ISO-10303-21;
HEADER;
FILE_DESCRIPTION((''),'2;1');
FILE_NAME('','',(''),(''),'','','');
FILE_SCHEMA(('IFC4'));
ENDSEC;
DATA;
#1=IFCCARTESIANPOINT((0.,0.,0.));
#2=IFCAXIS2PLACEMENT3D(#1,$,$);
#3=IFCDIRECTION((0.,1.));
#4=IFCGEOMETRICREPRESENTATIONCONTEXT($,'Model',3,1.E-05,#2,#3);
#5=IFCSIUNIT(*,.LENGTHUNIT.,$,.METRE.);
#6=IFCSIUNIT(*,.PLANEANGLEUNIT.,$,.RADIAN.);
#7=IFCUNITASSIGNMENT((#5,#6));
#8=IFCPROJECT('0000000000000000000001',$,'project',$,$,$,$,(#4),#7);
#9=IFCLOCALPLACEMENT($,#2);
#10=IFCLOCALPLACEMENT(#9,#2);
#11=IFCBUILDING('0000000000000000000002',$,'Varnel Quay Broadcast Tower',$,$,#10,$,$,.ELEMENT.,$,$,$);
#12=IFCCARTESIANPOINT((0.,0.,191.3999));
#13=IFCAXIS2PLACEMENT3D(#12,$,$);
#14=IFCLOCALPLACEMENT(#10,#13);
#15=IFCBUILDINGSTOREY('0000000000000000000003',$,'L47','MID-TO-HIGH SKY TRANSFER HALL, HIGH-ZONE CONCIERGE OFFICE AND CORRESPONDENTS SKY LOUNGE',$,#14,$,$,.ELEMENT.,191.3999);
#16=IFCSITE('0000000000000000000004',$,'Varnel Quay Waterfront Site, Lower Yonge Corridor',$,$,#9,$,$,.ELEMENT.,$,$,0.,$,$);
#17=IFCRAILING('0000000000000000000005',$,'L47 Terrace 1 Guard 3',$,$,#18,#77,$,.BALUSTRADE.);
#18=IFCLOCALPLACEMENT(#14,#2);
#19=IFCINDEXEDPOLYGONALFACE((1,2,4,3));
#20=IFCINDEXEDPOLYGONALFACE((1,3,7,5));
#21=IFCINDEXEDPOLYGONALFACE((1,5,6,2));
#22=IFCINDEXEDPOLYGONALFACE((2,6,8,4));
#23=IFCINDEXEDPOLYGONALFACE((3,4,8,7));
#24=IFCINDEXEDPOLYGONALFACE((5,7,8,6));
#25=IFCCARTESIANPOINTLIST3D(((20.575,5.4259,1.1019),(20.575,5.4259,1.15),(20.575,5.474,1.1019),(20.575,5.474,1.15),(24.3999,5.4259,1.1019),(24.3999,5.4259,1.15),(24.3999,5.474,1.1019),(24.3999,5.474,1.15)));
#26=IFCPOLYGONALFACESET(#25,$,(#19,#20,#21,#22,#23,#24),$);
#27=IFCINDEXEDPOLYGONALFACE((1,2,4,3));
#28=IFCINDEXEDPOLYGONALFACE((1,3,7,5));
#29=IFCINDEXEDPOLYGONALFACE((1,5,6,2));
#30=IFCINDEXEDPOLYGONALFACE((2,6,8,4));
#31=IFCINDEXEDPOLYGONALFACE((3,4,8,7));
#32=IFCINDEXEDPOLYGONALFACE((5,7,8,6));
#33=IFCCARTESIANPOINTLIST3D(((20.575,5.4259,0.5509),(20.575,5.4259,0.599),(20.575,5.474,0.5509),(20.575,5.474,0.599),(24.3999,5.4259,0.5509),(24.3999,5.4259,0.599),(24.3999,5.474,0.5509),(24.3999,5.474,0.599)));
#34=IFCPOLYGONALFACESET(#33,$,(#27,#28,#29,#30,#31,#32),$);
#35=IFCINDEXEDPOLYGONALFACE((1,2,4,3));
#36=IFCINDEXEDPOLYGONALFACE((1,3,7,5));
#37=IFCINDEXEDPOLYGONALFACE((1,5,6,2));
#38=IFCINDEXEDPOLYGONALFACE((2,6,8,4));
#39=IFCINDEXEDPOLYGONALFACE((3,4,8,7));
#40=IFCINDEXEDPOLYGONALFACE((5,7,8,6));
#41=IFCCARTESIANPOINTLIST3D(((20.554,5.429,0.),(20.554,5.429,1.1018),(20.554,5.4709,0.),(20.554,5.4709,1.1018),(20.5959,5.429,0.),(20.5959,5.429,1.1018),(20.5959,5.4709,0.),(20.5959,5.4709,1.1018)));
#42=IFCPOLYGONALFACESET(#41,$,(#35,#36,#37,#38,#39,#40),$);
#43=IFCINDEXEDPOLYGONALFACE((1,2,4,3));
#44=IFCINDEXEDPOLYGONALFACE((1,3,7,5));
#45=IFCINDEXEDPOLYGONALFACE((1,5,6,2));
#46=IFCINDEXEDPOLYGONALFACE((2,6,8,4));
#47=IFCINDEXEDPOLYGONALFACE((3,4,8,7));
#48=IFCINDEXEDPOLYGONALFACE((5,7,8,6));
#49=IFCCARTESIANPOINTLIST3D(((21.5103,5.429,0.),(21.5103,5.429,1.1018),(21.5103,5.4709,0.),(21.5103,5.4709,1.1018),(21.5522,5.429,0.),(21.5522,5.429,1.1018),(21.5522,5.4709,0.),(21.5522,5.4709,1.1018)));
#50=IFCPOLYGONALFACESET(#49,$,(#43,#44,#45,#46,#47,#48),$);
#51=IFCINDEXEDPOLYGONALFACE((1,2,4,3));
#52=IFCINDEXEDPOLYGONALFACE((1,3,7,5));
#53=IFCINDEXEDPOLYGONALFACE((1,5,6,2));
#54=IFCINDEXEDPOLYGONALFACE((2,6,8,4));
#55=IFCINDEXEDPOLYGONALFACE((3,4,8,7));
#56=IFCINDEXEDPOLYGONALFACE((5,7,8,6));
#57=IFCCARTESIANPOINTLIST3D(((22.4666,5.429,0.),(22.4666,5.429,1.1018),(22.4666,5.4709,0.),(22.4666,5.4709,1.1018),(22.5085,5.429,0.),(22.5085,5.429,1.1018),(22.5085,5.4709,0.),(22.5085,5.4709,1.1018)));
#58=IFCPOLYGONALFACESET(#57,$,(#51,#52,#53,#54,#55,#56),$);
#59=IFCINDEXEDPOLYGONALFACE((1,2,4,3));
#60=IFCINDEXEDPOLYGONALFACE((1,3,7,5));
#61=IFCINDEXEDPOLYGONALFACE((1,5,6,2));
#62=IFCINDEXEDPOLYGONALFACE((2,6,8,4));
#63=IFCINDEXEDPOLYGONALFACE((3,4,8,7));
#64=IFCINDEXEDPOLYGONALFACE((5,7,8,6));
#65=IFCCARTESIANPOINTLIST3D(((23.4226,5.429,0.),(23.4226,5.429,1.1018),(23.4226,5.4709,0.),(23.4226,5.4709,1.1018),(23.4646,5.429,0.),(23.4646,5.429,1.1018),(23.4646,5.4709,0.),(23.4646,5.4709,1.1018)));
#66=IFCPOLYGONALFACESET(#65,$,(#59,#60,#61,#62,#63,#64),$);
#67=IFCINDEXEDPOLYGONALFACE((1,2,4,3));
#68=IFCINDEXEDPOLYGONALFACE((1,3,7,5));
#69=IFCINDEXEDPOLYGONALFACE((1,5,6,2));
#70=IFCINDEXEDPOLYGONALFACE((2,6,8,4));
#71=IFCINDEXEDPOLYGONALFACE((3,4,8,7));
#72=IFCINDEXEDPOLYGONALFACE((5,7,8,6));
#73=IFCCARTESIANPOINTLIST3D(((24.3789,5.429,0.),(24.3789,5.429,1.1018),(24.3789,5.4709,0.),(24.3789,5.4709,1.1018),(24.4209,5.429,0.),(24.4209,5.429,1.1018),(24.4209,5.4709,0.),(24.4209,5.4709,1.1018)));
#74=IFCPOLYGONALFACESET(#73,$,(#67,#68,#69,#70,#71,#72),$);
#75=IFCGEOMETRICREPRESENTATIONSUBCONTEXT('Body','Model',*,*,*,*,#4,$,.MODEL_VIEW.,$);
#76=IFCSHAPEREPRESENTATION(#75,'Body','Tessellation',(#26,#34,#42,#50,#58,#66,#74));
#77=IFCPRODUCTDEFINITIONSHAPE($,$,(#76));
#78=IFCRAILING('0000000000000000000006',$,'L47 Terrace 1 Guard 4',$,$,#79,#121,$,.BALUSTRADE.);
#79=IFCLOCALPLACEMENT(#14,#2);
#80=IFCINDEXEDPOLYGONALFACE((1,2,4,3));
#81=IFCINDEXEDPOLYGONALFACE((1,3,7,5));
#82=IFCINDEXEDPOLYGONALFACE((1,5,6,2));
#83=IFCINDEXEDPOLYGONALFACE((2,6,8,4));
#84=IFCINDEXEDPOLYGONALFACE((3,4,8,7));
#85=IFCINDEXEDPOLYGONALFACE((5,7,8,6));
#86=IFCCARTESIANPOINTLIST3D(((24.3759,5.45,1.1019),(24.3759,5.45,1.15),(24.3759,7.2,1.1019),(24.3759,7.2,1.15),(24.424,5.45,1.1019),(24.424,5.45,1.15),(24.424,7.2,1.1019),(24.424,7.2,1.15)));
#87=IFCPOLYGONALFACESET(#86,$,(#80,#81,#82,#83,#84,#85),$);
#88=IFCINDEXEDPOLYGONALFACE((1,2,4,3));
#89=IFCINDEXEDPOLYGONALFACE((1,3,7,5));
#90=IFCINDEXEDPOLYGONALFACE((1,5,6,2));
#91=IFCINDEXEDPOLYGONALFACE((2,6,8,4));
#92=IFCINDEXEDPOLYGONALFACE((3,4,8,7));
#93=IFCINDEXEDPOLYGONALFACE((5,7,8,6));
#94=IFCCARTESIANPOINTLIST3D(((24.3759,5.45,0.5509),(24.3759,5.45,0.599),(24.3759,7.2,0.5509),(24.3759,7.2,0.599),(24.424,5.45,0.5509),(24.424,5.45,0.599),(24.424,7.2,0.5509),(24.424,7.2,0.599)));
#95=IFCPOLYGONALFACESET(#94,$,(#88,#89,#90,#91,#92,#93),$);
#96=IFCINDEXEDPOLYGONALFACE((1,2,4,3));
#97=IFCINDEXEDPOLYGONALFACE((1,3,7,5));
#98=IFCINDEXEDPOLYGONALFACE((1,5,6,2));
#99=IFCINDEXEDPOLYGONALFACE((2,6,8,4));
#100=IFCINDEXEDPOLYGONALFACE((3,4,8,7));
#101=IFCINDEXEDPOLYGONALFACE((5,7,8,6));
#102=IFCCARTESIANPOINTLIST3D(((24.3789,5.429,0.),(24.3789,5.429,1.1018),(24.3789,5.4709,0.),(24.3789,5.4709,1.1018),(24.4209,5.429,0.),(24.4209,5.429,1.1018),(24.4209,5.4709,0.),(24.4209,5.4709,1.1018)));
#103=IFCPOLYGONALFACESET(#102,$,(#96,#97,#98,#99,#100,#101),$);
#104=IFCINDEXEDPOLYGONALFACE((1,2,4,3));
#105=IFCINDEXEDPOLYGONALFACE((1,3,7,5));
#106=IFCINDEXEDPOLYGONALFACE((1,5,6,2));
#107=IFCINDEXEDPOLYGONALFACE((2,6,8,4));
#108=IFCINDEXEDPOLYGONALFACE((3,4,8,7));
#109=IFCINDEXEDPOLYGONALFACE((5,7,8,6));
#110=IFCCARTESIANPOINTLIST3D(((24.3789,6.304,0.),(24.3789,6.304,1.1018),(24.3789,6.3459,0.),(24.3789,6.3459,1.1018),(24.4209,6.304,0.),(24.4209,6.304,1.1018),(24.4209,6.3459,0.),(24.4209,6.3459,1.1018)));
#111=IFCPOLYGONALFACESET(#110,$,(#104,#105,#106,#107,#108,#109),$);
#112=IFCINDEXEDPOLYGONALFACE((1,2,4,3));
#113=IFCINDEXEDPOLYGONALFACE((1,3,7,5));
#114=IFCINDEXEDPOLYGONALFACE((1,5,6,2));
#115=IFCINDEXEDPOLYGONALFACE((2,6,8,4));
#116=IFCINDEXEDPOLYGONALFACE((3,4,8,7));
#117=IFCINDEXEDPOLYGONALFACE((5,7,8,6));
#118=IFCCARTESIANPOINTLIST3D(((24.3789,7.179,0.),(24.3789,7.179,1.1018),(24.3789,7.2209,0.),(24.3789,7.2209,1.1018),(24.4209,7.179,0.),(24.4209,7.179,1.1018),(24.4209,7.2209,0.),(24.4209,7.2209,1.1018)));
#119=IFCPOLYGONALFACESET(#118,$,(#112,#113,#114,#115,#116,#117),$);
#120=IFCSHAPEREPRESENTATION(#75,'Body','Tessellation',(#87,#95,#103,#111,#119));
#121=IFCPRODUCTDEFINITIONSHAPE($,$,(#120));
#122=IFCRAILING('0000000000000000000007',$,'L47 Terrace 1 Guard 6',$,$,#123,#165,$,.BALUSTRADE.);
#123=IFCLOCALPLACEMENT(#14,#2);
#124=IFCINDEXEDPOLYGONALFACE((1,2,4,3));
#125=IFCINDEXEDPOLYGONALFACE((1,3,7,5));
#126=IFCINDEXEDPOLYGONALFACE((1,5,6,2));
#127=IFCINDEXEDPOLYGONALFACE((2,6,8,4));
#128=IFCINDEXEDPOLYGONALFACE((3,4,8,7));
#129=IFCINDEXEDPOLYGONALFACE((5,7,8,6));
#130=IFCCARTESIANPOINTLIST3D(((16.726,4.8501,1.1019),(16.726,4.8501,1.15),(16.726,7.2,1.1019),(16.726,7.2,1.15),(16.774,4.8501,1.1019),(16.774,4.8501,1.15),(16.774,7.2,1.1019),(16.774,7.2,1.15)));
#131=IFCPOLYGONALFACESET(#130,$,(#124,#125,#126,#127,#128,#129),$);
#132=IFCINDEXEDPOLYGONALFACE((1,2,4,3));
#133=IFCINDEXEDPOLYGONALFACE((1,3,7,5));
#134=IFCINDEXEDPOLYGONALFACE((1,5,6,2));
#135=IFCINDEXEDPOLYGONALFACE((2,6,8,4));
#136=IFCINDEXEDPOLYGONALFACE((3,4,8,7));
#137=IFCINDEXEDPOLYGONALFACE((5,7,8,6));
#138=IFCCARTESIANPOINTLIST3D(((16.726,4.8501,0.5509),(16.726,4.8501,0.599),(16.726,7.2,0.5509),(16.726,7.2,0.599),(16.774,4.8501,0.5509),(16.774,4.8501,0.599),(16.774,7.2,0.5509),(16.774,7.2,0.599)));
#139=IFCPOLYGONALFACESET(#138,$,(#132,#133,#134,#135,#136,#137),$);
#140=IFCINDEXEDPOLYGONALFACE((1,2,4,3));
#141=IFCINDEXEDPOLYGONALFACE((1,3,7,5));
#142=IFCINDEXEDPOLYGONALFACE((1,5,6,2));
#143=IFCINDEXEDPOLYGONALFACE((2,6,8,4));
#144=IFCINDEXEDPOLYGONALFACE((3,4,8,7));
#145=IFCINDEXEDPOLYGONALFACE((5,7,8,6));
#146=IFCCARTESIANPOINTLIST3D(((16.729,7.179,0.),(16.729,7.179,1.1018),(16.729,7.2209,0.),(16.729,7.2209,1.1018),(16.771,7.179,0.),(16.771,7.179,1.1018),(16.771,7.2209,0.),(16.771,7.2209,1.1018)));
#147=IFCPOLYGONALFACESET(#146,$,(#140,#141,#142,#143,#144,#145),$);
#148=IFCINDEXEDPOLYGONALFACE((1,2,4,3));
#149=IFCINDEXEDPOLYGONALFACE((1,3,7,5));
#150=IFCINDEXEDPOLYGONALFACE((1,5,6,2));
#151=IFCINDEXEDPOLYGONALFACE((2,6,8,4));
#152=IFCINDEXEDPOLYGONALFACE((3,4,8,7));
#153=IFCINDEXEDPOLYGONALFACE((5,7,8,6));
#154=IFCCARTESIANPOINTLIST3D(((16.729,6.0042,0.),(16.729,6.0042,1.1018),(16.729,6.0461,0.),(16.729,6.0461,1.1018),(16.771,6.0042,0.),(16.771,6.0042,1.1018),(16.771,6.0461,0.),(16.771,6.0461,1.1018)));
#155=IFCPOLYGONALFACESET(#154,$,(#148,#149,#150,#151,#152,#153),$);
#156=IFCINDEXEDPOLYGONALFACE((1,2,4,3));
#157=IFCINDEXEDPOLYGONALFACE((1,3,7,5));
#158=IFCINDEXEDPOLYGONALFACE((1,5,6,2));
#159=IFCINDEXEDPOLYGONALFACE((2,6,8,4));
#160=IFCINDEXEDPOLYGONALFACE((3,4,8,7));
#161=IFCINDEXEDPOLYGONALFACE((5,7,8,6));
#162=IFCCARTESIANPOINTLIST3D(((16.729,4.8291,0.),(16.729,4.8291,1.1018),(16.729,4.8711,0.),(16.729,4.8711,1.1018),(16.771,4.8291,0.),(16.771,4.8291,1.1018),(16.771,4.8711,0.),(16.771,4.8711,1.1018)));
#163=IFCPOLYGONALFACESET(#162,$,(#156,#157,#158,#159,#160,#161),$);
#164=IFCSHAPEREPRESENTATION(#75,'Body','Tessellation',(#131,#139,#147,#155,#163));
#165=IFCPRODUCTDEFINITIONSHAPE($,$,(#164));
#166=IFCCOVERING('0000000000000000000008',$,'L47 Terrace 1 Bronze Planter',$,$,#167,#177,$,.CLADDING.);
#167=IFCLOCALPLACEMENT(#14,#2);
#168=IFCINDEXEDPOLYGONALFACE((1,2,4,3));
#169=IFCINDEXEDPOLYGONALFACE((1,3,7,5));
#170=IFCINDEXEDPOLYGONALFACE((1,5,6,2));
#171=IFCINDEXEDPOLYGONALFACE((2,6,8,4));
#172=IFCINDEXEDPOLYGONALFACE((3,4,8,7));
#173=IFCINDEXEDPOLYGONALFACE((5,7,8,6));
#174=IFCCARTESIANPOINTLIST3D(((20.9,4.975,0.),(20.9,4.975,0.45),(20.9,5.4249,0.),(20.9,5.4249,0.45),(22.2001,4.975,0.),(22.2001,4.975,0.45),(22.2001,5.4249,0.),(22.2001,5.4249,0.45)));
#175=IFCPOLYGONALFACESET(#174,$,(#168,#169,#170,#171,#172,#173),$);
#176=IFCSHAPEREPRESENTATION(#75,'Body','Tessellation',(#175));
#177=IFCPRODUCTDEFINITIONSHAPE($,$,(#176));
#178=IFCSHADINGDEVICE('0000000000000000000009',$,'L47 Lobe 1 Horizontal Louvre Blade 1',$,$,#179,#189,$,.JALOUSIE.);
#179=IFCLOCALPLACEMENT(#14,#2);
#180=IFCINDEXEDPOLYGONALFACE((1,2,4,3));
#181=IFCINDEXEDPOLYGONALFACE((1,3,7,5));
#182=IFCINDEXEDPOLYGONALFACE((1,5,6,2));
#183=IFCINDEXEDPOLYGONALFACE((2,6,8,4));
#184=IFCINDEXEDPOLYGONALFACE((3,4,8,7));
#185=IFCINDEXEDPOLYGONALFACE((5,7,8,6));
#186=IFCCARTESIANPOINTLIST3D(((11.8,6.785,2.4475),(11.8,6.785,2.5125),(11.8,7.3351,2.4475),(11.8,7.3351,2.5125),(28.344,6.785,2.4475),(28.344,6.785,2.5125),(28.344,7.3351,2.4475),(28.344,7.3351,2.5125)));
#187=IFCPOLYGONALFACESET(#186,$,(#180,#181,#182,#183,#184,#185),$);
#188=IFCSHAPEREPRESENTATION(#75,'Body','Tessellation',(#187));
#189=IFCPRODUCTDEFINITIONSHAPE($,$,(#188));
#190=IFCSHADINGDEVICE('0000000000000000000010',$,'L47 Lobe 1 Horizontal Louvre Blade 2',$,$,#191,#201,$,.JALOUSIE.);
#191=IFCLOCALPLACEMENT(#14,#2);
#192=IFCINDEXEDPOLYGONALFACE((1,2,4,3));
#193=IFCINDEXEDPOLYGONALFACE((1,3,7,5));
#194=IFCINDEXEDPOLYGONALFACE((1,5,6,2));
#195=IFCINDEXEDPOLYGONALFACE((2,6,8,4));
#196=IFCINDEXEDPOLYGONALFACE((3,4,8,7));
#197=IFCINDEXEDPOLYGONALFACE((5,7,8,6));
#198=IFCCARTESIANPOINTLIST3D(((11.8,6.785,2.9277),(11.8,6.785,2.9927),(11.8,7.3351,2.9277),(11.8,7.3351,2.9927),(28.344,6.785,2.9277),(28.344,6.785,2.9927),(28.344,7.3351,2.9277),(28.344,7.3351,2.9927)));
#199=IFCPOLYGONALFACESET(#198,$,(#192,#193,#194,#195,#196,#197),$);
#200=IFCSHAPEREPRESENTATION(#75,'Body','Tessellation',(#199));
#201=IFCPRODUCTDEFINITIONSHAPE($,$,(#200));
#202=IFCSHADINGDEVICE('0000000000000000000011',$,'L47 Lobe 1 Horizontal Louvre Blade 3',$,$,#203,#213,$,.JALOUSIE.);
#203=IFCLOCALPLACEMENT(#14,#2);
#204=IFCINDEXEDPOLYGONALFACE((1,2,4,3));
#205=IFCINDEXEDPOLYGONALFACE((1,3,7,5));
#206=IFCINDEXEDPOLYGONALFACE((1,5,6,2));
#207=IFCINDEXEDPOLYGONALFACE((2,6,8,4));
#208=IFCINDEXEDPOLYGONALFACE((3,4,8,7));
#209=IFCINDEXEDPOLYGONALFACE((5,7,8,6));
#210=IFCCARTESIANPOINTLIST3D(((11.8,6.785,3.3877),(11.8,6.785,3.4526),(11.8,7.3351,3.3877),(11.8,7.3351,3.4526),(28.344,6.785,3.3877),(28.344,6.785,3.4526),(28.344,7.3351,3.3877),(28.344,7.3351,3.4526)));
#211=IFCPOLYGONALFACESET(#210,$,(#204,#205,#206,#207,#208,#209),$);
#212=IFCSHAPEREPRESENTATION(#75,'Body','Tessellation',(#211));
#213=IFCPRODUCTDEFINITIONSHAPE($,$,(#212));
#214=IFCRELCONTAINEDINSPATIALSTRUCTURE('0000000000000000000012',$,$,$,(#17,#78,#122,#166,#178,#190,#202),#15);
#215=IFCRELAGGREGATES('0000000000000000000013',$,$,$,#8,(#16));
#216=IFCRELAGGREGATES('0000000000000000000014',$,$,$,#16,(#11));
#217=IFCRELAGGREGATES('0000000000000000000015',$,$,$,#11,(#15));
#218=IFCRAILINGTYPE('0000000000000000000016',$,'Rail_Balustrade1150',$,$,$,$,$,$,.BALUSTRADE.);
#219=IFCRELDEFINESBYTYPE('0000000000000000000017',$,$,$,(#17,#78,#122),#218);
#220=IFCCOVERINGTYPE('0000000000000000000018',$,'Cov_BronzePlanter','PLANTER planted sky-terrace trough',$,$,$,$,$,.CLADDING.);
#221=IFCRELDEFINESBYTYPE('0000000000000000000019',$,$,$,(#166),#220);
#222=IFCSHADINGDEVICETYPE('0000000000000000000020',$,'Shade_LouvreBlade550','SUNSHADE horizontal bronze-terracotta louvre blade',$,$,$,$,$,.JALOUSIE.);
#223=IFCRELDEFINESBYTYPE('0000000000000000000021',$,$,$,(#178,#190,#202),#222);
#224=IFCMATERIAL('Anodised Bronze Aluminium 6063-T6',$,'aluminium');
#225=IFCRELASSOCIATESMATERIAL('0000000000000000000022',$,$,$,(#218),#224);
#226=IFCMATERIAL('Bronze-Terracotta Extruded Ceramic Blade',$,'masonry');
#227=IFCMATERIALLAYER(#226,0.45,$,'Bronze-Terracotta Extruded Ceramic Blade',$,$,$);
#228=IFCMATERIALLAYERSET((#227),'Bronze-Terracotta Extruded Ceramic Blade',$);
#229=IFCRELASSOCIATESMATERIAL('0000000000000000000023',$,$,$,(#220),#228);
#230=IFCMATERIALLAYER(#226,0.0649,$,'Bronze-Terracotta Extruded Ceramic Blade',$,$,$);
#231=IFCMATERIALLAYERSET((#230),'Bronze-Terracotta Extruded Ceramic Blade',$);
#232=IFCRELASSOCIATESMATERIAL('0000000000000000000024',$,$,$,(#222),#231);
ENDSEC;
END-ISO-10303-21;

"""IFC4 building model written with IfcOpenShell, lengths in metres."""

from ifc_helpers import new_model, si_unit, direction, frame, origin, origin_2d, place, context, subcontext, project, spatial, rectangle, extrude, source, transform, mapped, material, layer, layer_set, type_object, type_shapes, element, save


model = new_model("IFC4")

# Units and contexts
model_context = context("Model", 3, precision=1e-05, world=origin(), true_north=direction((0.0, 1.0)))
body_context = subcontext(model_context, "Body", "Model", "MODEL_VIEW")
ifc_project = project(units=[si_unit("LENGTHUNIT", "METRE"), si_unit("PLANEANGLEUNIT", "RADIAN")], contexts=[model_context])

# Site, building, storey
site_placement = place(None, origin())
site = spatial("IfcSite", under=ifc_project, at=site_placement, Name="Varnel Quay Waterfront Site, Lower Yonge Corridor", CompositionType="ELEMENT", RefElevation=0.0)
building_placement = place(site_placement, origin())
building = spatial("IfcBuilding", under=site, at=building_placement, Name="Varnel Quay Broadcast Tower", CompositionType="ELEMENT")
storey_placement = place(building_placement, frame((0.0, 0.0, 191.3999)))
storey = spatial("IfcBuildingStorey", under=building, at=storey_placement, Name="L47", Description="MID-TO-HIGH SKY TRANSFER HALL, HIGH-ZONE CONCIERGE OFFICE AND CORRESPONDENTS SKY LOUNGE", CompositionType="ELEMENT", Elevation=191.3999)

# Shared definitions
ifc_material_1 = material(Name="Anodised Bronze Aluminium 6063-T6", Category="aluminium")

# Railings
railing_type = type_object("IfcRailingType", Name="Rail_Balustrade1150", PredefinedType="BALUSTRADE", material=ifc_material_1)
railing_1_placement = place(storey_placement, frame((20.575, 5.45, 0.0)))
element("IfcRailing", 1, at=railing_1_placement, inside=storey, type_object=railing_type, Name="L47 Terrace 1 Guard 3", PredefinedType="BALUSTRADE", context=body_context, shape_type="SweptSolid", body=[
    extrude(rectangle(XDim=0.0481, YDim=0.0481, at=origin_2d()), frame((0.0, 0.0, 1.126), z_axis=(1.0, 0.0, 0.0), x_axis=(0.0, 1.0, 0.0)), (0.0, 0.0, 1.0), 3.825),
    extrude(rectangle(XDim=0.0481, YDim=0.0481, at=origin_2d()), frame((0.0, 0.0, 0.575), z_axis=(1.0, 0.0, 0.0), x_axis=(0.0, 1.0, 0.0)), (0.0, 0.0, 1.0), 3.825),
    extrude(rectangle(XDim=0.042, YDim=0.042, at=origin_2d()), origin(), (0.0, 0.0, 1.0), 1.1018),
    extrude(rectangle(XDim=0.042, YDim=0.042, at=origin_2d()), frame((0.9563, 0.0, 0.0)), (0.0, 0.0, 1.0), 1.1018),
    extrude(rectangle(XDim=0.042, YDim=0.042, at=origin_2d()), frame((1.9126, 0.0, 0.0)), (0.0, 0.0, 1.0), 1.1018),
    extrude(rectangle(XDim=0.042, YDim=0.042, at=origin_2d()), frame((2.8687, 0.0, 0.0)), (0.0, 0.0, 1.0), 1.1018),
    extrude(rectangle(XDim=0.042, YDim=0.042, at=origin_2d()), frame((3.825, 0.0, 0.0)), (0.0, 0.0, 1.0), 1.1018),
])
railing_2_placement = place(storey_placement, frame((24.3999, 5.45, 0.0)))
element("IfcRailing", 2, at=railing_2_placement, inside=storey, type_object=railing_type, Name="L47 Terrace 1 Guard 4", PredefinedType="BALUSTRADE", context=body_context, shape_type="SweptSolid", body=[
    extrude(rectangle(XDim=0.0481, YDim=0.0481, at=origin_2d()), frame((0.0, 0.0, 1.126), z_axis=(0.0, 1.0, 0.0), x_axis=(-1.0, 0.0, 0.0)), (0.0, 0.0, 1.0), 1.75),
    extrude(rectangle(XDim=0.0481, YDim=0.0481, at=origin_2d()), frame((0.0, 0.0, 0.575), z_axis=(0.0, 1.0, 0.0), x_axis=(-1.0, 0.0, 0.0)), (0.0, 0.0, 1.0), 1.75),
    extrude(rectangle(XDim=0.042, YDim=0.042, at=origin_2d()), origin(), (0.0, 0.0, 1.0), 1.1018),
    extrude(rectangle(XDim=0.042, YDim=0.042, at=origin_2d()), frame((0.0, 0.875, 0.0)), (0.0, 0.0, 1.0), 1.1018),
    extrude(rectangle(XDim=0.042, YDim=0.042, at=origin_2d()), frame((0.0, 1.75, 0.0)), (0.0, 0.0, 1.0), 1.1018),
])
railing_3_placement = place(storey_placement, frame((16.75, 7.2, 0.0)))
element("IfcRailing", 3, at=railing_3_placement, inside=storey, type_object=railing_type, Name="L47 Terrace 1 Guard 6", PredefinedType="BALUSTRADE", context=body_context, shape_type="SweptSolid", body=[
    extrude(rectangle(XDim=0.0481, YDim=0.0481, at=origin_2d()), frame((0.0, 0.0, 1.126), z_axis=(0.0, -1.0, 0.0), x_axis=(1.0, 0.0, 0.0)), (0.0, 0.0, 1.0), 2.3499),
    extrude(rectangle(XDim=0.0481, YDim=0.0481, at=origin_2d()), frame((0.0, 0.0, 0.575), z_axis=(0.0, -1.0, 0.0), x_axis=(1.0, 0.0, 0.0)), (0.0, 0.0, 1.0), 2.3499),
    extrude(rectangle(XDim=0.042, YDim=0.042, at=origin_2d()), origin(), (0.0, 0.0, 1.0), 1.1018),
    extrude(rectangle(XDim=0.042, YDim=0.042, at=origin_2d()), frame((0.0, -1.1748, 0.0)), (0.0, 0.0, 1.0), 1.1018),
    extrude(rectangle(XDim=0.042, YDim=0.042, at=origin_2d()), frame((0.0, -2.3499, 0.0)), (0.0, 0.0, 1.0), 1.1018),
])

# Covering
ifc_material_2 = material(Name="Bronze-Terracotta Extruded Ceramic Blade", Category="masonry")
ifc_layer_1 = layer(ifc_material_2, 0.45, Name="Bronze-Terracotta Extruded Ceramic Blade")
ifc_layer_set_1 = layer_set([ifc_layer_1], Name="Bronze-Terracotta Extruded Ceramic Blade")
covering_type = type_object("IfcCoveringType", Name="Cov_BronzePlanter", Description="PLANTER planted sky-terrace trough", PredefinedType="CLADDING", material=ifc_layer_set_1)
shared_shape_1 = source(origin(), body_context, "Body", "SweptSolid", [
    extrude(rectangle(XDim=1.3, YDim=0.45, at=origin_2d()), origin(), (0.0, 0.0, 1.0), 0.45),
])
type_shapes(covering_type, [shared_shape_1])
covering_placement = place(storey_placement, frame((21.55, 5.2, 0.0), z_axis=(0.0, 0.0, 1.0), x_axis=(1.0, 0.0, 0.0)))
element("IfcCovering", 4, at=covering_placement, inside=storey, type_object=covering_type, Name="L47 Terrace 1 Bronze Planter", PredefinedType="CLADDING", context=body_context, shape_type="MappedRepresentation", body=[
    mapped(shared_shape_1, transform((0.0, 0.0, 0.0), x_axis=(1.0, 0.0, 0.0), y_axis=(0.0, 1.0, 0.0), z_axis=(0.0, 0.0, 1.0), scale=1.0)),
])

# Shading devices
ifc_layer_2 = layer(ifc_material_2, 0.0649, Name="Bronze-Terracotta Extruded Ceramic Blade")
ifc_layer_set_2 = layer_set([ifc_layer_2], Name="Bronze-Terracotta Extruded Ceramic Blade")
shading_device_type = type_object("IfcShadingDeviceType", Name="Shade_LouvreBlade550", Description="SUNSHADE horizontal bronze-terracotta louvre blade", PredefinedType="JALOUSIE", material=ifc_layer_set_2)
shared_shape_2 = source(origin(), body_context, "Body", "SweptSolid", [
    extrude(rectangle(XDim=16.5439, YDim=0.55, at=origin_2d()), origin(), (0.0, 0.0, 1.0), 0.0649),
])
type_shapes(shading_device_type, [shared_shape_2])
for number, where, z_axis, x_axis, name in (
    (5, (20.072, 7.0601, 2.4475), (0.0, 0.0, 1.0), (1.0, 0.0, 0.0), "L47 Lobe 1 Horizontal Louvre Blade 1"),
    (6, (20.072, 7.0601, 2.9277), (0.0, 0.0, 1.0), (1.0, 0.0, 0.0), "L47 Lobe 1 Horizontal Louvre Blade 2"),
    (7, (20.072, 7.0601, 3.3877), (0.0, 0.0, 1.0), (1.0, 0.0, 0.0), "L47 Lobe 1 Horizontal Louvre Blade 3"),
):
    element("IfcShadingDevice", number, at=place(storey_placement, frame(where, z_axis=z_axis, x_axis=x_axis)), inside=storey, type_object=shading_device_type, Name=name, PredefinedType="JALOUSIE", context=body_context, shape_type="MappedRepresentation", body=[
        mapped(shared_shape_2, transform((0.0, 0.0, 0.0), x_axis=(1.0, 0.0, 0.0), y_axis=(0.0, 1.0, 0.0), z_axis=(0.0, 0.0, 1.0), scale=1.0)),
    ])

save(model, "model.ifc")
